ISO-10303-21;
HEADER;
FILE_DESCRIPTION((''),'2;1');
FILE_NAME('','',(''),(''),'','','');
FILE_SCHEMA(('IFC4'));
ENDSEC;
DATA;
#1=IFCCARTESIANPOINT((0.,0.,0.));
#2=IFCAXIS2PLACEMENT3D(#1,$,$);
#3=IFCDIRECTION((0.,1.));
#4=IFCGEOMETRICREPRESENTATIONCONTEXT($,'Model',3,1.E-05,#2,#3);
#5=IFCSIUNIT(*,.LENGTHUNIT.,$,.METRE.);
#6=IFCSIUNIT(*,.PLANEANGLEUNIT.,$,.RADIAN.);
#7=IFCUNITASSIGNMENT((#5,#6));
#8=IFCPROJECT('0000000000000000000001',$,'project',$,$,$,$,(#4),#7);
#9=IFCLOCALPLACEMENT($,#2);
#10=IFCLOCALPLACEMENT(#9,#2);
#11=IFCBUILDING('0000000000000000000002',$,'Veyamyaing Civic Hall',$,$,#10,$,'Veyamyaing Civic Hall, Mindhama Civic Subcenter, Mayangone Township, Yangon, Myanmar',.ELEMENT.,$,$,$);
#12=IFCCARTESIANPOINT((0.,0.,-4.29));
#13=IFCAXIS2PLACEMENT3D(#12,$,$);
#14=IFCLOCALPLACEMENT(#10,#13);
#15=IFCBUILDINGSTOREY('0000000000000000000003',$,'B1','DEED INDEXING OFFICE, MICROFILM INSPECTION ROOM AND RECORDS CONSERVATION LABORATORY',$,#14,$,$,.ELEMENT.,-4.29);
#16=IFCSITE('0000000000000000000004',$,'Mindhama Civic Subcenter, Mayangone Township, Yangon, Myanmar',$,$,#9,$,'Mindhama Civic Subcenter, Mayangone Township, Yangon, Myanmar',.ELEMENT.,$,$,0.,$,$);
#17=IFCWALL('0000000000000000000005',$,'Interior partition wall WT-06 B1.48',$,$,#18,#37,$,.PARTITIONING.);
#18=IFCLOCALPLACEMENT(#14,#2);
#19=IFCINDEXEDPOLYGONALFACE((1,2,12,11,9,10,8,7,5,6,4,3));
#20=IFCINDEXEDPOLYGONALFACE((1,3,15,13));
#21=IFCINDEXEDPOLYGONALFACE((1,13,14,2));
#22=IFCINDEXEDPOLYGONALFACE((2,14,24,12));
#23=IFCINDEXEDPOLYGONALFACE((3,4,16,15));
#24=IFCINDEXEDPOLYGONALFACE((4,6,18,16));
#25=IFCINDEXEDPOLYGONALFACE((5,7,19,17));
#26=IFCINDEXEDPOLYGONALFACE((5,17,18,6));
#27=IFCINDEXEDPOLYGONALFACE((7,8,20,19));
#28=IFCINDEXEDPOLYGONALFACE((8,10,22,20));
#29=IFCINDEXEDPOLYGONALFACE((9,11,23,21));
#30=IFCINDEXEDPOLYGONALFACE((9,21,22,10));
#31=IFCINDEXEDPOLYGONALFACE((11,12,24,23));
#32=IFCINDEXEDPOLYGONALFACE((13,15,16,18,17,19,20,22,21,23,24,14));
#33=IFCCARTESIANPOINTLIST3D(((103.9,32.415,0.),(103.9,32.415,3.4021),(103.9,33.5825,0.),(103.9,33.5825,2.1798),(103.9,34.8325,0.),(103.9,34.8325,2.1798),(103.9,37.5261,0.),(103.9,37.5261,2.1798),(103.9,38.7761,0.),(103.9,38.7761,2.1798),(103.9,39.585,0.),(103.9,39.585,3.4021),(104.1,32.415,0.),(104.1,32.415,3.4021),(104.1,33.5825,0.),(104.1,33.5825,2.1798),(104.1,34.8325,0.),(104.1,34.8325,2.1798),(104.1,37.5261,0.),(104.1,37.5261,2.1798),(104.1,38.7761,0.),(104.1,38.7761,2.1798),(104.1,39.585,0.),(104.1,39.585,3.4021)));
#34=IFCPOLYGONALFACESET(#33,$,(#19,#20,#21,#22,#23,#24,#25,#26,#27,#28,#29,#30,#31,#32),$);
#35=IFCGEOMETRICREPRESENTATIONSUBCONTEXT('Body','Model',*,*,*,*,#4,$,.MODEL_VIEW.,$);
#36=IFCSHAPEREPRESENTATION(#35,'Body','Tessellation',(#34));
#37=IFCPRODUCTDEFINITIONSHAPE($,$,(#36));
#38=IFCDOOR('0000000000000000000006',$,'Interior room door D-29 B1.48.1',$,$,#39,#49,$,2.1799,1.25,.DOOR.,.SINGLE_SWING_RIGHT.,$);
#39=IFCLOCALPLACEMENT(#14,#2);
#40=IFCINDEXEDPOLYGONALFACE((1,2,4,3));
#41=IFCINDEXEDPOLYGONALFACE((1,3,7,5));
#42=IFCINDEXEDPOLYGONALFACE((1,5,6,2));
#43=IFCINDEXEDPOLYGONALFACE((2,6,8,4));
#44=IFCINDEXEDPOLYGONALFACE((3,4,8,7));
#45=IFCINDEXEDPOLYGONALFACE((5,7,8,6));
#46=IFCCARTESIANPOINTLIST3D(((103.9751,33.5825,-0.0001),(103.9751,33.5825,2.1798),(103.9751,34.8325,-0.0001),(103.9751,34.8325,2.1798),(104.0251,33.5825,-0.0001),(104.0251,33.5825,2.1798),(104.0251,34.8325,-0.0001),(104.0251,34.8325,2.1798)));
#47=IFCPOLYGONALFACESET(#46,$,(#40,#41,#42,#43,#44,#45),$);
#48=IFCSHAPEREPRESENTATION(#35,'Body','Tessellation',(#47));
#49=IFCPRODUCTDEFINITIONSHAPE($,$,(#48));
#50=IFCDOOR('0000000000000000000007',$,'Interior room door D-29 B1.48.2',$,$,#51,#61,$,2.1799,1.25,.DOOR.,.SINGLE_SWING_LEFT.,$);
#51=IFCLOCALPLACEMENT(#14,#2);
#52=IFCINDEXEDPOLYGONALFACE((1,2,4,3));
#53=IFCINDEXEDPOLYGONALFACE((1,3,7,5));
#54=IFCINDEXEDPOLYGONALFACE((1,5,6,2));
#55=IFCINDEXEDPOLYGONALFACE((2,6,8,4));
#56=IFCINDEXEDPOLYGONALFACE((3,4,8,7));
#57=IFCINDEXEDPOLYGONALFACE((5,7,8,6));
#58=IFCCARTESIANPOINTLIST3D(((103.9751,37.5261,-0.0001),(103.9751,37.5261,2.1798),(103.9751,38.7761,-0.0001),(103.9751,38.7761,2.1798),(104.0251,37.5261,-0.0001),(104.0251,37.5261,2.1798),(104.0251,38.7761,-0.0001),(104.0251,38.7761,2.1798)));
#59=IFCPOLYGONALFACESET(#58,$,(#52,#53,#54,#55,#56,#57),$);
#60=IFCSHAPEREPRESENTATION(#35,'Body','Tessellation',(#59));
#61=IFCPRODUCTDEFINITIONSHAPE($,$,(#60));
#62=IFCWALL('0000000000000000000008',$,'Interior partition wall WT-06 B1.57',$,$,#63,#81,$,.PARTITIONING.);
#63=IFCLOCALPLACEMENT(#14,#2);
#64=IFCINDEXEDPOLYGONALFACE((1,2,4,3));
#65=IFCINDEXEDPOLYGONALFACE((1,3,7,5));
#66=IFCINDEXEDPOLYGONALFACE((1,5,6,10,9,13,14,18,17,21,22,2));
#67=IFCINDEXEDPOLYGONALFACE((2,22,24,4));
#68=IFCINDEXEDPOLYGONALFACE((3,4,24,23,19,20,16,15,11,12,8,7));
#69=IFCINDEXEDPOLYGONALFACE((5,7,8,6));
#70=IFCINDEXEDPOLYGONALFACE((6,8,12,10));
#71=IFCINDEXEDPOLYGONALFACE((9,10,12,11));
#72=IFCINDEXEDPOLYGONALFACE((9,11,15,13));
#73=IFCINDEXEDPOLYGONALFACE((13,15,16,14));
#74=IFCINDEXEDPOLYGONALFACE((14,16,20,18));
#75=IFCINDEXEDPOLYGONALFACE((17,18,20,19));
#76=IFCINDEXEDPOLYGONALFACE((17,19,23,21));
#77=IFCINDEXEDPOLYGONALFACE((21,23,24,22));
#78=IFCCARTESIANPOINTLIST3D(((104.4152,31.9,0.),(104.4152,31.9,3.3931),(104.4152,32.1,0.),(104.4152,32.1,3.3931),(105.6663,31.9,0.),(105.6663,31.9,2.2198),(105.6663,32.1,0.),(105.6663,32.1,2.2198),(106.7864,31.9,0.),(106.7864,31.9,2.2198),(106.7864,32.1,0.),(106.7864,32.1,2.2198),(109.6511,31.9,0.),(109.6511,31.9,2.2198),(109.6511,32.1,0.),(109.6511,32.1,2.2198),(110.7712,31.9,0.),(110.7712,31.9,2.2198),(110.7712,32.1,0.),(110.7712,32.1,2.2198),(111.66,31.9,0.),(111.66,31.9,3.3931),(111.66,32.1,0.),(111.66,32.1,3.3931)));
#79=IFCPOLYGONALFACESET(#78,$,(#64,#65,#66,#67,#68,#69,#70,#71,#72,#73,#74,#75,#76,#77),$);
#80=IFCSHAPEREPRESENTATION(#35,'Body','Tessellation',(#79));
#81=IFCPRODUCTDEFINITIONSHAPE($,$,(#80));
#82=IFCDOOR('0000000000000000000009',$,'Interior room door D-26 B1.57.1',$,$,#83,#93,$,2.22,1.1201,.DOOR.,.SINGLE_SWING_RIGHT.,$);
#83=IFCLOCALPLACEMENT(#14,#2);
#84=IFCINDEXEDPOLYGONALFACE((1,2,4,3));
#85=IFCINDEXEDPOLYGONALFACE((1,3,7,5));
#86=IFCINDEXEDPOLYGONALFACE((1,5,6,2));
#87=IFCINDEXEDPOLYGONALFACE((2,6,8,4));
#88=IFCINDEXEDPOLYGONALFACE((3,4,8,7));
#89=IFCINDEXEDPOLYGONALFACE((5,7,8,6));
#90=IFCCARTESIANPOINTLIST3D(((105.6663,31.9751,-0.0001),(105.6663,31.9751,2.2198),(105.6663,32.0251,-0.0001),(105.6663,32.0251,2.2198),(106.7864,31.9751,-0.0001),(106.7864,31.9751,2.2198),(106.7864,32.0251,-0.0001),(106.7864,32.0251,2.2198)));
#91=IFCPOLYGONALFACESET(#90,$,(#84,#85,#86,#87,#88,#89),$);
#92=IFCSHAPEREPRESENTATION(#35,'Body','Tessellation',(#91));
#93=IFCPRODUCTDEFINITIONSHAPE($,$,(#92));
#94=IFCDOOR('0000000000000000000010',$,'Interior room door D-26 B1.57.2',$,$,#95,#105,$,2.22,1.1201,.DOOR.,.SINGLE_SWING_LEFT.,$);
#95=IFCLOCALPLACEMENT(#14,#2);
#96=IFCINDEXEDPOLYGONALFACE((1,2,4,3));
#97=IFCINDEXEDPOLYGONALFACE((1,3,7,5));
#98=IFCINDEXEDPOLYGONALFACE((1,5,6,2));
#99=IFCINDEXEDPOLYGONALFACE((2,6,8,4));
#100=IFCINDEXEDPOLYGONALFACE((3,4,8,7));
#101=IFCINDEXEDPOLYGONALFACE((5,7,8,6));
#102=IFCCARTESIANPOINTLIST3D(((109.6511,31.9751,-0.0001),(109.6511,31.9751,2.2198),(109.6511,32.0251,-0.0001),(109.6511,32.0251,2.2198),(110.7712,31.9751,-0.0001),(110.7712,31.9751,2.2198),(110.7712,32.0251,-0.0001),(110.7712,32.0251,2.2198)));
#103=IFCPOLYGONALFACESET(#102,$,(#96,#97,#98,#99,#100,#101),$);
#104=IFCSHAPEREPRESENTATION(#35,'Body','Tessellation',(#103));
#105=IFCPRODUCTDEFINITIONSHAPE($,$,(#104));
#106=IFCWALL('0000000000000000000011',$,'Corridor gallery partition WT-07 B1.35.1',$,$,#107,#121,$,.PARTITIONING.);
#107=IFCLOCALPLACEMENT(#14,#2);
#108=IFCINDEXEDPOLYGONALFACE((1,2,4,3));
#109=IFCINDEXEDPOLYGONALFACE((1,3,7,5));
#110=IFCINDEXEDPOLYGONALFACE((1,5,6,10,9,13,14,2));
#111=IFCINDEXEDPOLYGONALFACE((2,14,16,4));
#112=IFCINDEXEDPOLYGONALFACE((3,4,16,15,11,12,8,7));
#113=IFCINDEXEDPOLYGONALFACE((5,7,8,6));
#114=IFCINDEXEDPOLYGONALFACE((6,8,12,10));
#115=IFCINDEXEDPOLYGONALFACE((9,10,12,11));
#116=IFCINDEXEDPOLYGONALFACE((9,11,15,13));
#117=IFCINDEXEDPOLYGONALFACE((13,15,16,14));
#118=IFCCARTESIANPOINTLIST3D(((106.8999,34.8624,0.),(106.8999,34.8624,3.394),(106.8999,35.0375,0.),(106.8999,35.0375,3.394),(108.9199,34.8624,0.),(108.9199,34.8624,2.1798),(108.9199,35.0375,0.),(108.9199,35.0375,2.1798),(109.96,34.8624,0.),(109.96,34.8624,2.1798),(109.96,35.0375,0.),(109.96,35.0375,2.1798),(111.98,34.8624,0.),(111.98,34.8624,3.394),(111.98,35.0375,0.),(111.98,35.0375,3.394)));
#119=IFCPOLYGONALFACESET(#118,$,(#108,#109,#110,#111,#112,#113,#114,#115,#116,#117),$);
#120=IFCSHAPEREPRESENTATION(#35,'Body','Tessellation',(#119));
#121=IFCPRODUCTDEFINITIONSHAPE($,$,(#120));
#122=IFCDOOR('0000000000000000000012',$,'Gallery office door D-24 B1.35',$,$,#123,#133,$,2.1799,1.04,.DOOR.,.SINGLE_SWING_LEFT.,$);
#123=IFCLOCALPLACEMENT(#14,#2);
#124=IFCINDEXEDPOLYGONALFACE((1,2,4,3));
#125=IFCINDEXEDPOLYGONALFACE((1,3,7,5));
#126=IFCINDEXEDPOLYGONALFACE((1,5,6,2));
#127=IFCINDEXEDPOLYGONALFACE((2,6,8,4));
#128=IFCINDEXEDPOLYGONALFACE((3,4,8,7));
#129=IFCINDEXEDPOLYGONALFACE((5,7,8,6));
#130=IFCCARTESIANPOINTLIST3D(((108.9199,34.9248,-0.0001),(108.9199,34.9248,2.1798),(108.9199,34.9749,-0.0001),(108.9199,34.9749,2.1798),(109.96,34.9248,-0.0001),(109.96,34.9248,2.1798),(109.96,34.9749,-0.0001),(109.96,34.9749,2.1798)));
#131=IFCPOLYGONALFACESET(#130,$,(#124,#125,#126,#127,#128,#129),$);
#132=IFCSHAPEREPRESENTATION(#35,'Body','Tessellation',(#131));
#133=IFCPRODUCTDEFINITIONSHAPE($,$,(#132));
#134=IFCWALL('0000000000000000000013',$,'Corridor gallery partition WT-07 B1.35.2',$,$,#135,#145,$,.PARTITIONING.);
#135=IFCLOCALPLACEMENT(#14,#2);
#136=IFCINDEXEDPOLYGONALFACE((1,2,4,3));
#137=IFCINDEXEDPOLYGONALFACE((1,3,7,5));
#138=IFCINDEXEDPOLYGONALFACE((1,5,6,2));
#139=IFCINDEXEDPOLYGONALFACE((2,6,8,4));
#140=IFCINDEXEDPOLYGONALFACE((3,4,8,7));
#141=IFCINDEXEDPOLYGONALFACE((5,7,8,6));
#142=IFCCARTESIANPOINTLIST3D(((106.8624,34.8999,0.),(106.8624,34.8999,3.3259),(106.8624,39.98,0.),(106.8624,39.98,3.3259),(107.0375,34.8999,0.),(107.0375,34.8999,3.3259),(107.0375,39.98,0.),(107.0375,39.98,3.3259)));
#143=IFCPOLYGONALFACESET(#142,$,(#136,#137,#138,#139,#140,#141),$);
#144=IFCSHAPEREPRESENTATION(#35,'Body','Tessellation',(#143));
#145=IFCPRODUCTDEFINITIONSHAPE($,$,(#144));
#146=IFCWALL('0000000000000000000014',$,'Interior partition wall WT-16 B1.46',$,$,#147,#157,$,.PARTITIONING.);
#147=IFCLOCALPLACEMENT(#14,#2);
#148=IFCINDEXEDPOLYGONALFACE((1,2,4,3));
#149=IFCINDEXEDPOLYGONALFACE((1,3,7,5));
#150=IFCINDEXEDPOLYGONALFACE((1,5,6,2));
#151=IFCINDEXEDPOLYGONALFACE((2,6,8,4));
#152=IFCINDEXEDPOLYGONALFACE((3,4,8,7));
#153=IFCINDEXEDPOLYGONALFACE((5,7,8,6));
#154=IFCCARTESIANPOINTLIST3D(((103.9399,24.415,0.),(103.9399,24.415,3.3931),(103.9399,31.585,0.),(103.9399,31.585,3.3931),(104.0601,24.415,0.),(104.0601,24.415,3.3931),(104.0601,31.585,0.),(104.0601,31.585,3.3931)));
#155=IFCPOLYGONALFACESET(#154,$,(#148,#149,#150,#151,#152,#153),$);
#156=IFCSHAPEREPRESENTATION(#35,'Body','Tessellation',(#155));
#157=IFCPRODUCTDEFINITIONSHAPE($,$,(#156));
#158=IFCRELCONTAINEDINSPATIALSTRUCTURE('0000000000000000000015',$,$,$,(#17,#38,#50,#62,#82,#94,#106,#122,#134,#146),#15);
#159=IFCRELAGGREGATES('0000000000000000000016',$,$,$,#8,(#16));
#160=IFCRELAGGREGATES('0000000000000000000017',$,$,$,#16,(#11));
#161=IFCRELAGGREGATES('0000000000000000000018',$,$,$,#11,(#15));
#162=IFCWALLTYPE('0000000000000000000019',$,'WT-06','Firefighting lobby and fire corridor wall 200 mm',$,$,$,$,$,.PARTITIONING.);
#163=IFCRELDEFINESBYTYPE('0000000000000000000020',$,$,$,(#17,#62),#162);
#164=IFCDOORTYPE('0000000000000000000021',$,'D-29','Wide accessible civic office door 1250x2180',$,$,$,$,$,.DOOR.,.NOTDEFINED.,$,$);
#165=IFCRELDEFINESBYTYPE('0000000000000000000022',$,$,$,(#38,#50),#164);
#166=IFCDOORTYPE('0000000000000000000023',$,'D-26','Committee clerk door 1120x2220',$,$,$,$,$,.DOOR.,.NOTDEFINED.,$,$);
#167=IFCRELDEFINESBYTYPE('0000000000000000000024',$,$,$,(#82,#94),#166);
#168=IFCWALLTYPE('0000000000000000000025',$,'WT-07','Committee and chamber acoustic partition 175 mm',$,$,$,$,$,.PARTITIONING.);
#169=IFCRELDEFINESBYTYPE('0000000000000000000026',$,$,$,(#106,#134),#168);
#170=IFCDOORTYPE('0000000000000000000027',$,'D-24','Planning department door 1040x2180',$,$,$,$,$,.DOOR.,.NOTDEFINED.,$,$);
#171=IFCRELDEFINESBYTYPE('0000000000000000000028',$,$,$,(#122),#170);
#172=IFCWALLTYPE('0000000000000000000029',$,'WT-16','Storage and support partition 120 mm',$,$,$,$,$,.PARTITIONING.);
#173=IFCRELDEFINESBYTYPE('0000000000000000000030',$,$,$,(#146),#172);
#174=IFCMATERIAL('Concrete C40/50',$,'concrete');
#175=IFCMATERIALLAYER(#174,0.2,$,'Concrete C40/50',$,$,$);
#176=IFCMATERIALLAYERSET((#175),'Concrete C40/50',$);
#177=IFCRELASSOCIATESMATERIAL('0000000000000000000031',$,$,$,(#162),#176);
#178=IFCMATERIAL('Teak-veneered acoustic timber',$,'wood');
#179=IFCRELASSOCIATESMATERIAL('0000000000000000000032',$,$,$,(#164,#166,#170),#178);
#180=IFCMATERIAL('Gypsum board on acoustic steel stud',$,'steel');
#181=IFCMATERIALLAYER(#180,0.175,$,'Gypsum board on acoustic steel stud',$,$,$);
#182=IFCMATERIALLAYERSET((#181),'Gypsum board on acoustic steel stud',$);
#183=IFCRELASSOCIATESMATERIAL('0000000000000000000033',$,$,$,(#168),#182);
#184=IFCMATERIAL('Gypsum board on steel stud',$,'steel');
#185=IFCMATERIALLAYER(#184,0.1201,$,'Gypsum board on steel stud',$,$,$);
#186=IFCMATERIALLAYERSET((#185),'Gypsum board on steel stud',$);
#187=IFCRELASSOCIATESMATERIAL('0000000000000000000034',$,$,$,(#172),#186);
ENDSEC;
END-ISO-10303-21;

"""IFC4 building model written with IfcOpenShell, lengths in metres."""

from ifc_helpers import new_model, si_unit, direction, frame, frame_2d, origin, place, context, subcontext, project, spatial, rectangle, extrude, material, layer, layer_set, type_object, element, fill, save


model = new_model("IFC4")

# Units and contexts
model_context = context("Model", 3, precision=1e-05, world=origin(), true_north=direction((0.0, 1.0)))
body_context = subcontext(model_context, "Body", "Model", "MODEL_VIEW")
ifc_project = project(units=[si_unit("LENGTHUNIT", "METRE"), si_unit("PLANEANGLEUNIT", "RADIAN")], contexts=[model_context])

# Site, building, storey
site_placement = place(None, origin())
site = spatial("IfcSite", under=ifc_project, at=site_placement, Name="Mindhama Civic Subcenter, Mayangone Township, Yangon, Myanmar", LongName="Mindhama Civic Subcenter, Mayangone Township, Yangon, Myanmar", CompositionType="ELEMENT", RefElevation=0.0)
building_placement = place(site_placement, origin())
building = spatial("IfcBuilding", under=site, at=building_placement, Name="Veyamyaing Civic Hall", LongName="Veyamyaing Civic Hall, Mindhama Civic Subcenter, Mayangone Township, Yangon, Myanmar", CompositionType="ELEMENT")
storey_placement = place(building_placement, frame((0.0, 0.0, -4.29)))
storey = spatial("IfcBuildingStorey", under=building, at=storey_placement, Name="B1", Description="DEED INDEXING OFFICE, MICROFILM INSPECTION ROOM AND RECORDS CONSERVATION LABORATORY", CompositionType="ELEMENT", Elevation=-4.29)

# Shared definitions
ifc_material_1 = material(Name="Concrete C40/50", Category="concrete")

# Walls, openings, doors
ifc_layer_1 = layer(ifc_material_1, 0.2, Name="Concrete C40/50")
ifc_layer_set_1 = layer_set([ifc_layer_1], Name="Concrete C40/50")
wall_type_1 = type_object("IfcWallType", Name="WT-06", Description="Firefighting lobby and fire corridor wall 200 mm", PredefinedType="PARTITIONING", material=ifc_layer_set_1)
wall_1_placement = place(storey_placement, frame((104.0, 32.415, 0.0), z_axis=(0.0, 0.0, 1.0), x_axis=(0.0, 1.0, 0.0)))
wall_1 = element("IfcWall", 1, at=wall_1_placement, inside=storey, type_object=wall_type_1, Name="Interior partition wall WT-06 B1.48", PredefinedType="PARTITIONING", context=body_context, shape_type="SweptSolid", body=[
    extrude(rectangle(XDim=7.1699, YDim=0.2, at=frame_2d((3.585, 0.0))), origin(), (0.0, 0.0, 1.0), 3.4021),
])
opening_1_placement = place(wall_1_placement, frame((1.1675, 0.0, 0.0)))
opening_1 = element("IfcOpeningElement", 2, at=opening_1_placement, cuts=wall_1, PredefinedType="OPENING", context=body_context, shape_type="SweptSolid", body=[
    extrude(rectangle(XDim=1.25, YDim=2.1799, at=frame_2d((0.625, 1.0898))), frame((0.0, 0.1099, 0.0), z_axis=(0.0, -1.0, 0.0), x_axis=(1.0, 0.0, 0.0)), (0.0, 0.0, 1.0), 0.22),
])
opening_2_placement = place(wall_1_placement, frame((5.1111, 0.0, 0.0)))
opening_2 = element("IfcOpeningElement", 3, at=opening_2_placement, cuts=wall_1, PredefinedType="OPENING", context=body_context, shape_type="SweptSolid", body=[
    extrude(rectangle(XDim=1.25, YDim=2.1799, at=frame_2d((0.625, 1.0898))), frame((0.0, 0.1099, 0.0), z_axis=(0.0, -1.0, 0.0), x_axis=(1.0, 0.0, 0.0)), (0.0, 0.0, 1.0), 0.22),
])
ifc_material_2 = material(Name="Teak-veneered acoustic timber", Category="wood")
door_type_1 = type_object("IfcDoorType", Name="D-29", Description="Wide accessible civic office door 1250x2180", OperationType="NOTDEFINED", PredefinedType="DOOR", material=ifc_material_2)
door_1_placement = place(opening_1_placement, origin())
door_1 = element("IfcDoor", 4, at=door_1_placement, inside=storey, type_object=door_type_1, Name="Interior room door D-29 B1.48.1", OperationType="SINGLE_SWING_RIGHT", OverallHeight=2.1799, OverallWidth=1.25, PredefinedType="DOOR", context=body_context, shape_type="SweptSolid", body=[
    extrude(rectangle(XDim=1.25, YDim=2.1799, at=frame_2d((0.625, 1.0898))), frame((0.0, 0.0249, 0.0), z_axis=(0.0, -1.0, 0.0), x_axis=(1.0, 0.0, 0.0)), (0.0, 0.0, 1.0), 0.05),
])
fill(opening_1, door_1)
door_2_placement = place(opening_2_placement, origin())
door_2 = element("IfcDoor", 5, at=door_2_placement, inside=storey, type_object=door_type_1, Name="Interior room door D-29 B1.48.2", OperationType="SINGLE_SWING_LEFT", OverallHeight=2.1799, OverallWidth=1.25, PredefinedType="DOOR", context=body_context, shape_type="SweptSolid", body=[
    extrude(rectangle(XDim=1.25, YDim=2.1799, at=frame_2d((0.625, 1.0898))), frame((0.0, 0.0249, 0.0), z_axis=(0.0, -1.0, 0.0), x_axis=(1.0, 0.0, 0.0)), (0.0, 0.0, 1.0), 0.05),
])
fill(opening_2, door_2)
wall_2_placement = place(storey_placement, frame((104.415, 32.0, 0.0), z_axis=(0.0, 0.0, 1.0), x_axis=(1.0, 0.0, 0.0)))
wall_2 = element("IfcWall", 6, at=wall_2_placement, inside=storey, type_object=wall_type_1, Name="Interior partition wall WT-06 B1.57", PredefinedType="PARTITIONING", context=body_context, shape_type="SweptSolid", body=[
    extrude(rectangle(XDim=7.2449, YDim=0.2, at=frame_2d((3.6226, 0.0))), origin(), (0.0, 0.0, 1.0), 3.3931),
])
opening_3_placement = place(wall_2_placement, frame((1.2512, 0.0, 0.0)))
opening_3 = element("IfcOpeningElement", 7, at=opening_3_placement, cuts=wall_2, PredefinedType="OPENING", context=body_context, shape_type="SweptSolid", body=[
    extrude(rectangle(XDim=1.1201, YDim=2.22, at=frame_2d((0.5601, 1.1099))), frame((0.0, 0.1099, 0.0), z_axis=(0.0, -1.0, 0.0), x_axis=(1.0, 0.0, 0.0)), (0.0, 0.0, 1.0), 0.22),
])
opening_4_placement = place(wall_2_placement, frame((5.2361, 0.0, 0.0)))
opening_4 = element("IfcOpeningElement", 8, at=opening_4_placement, cuts=wall_2, PredefinedType="OPENING", context=body_context, shape_type="SweptSolid", body=[
    extrude(rectangle(XDim=1.1201, YDim=2.22, at=frame_2d((0.5601, 1.1099))), frame((0.0, 0.1099, 0.0), z_axis=(0.0, -1.0, 0.0), x_axis=(1.0, 0.0, 0.0)), (0.0, 0.0, 1.0), 0.22),
])
door_type_2 = type_object("IfcDoorType", Name="D-26", Description="Committee clerk door 1120x2220", OperationType="NOTDEFINED", PredefinedType="DOOR", material=ifc_material_2)
door_3_placement = place(opening_3_placement, frame((1.1201, 0.0, 0.0), z_axis=(0.0, 0.0, 1.0), x_axis=(-1.0, 0.0, 0.0)))
door_3 = element("IfcDoor", 9, at=door_3_placement, inside=storey, type_object=door_type_2, Name="Interior room door D-26 B1.57.1", OperationType="SINGLE_SWING_RIGHT", OverallHeight=2.22, OverallWidth=1.1201, PredefinedType="DOOR", context=body_context, shape_type="SweptSolid", body=[
    extrude(rectangle(XDim=1.1201, YDim=2.22, at=frame_2d((0.5601, 1.1099))), frame((0.0, 0.0249, 0.0), z_axis=(0.0, -1.0, 0.0), x_axis=(1.0, 0.0, 0.0)), (0.0, 0.0, 1.0), 0.05),
])
fill(opening_3, door_3)
door_4_placement = place(opening_4_placement, frame((1.1201, 0.0, 0.0), z_axis=(0.0, 0.0, 1.0), x_axis=(-1.0, 0.0, 0.0)))
door_4 = element("IfcDoor", 10, at=door_4_placement, inside=storey, type_object=door_type_2, Name="Interior room door D-26 B1.57.2", OperationType="SINGLE_SWING_LEFT", OverallHeight=2.22, OverallWidth=1.1201, PredefinedType="DOOR", context=body_context, shape_type="SweptSolid", body=[
    extrude(rectangle(XDim=1.1201, YDim=2.22, at=frame_2d((0.5601, 1.1099))), frame((0.0, 0.0249, 0.0), z_axis=(0.0, -1.0, 0.0), x_axis=(1.0, 0.0, 0.0)), (0.0, 0.0, 1.0), 0.05),
])
fill(opening_4, door_4)

# Wall, opening, door
ifc_material_3 = material(Name="Gypsum board on acoustic steel stud", Category="steel")
ifc_layer_2 = layer(ifc_material_3, 0.175, Name="Gypsum board on acoustic steel stud")
ifc_layer_set_2 = layer_set([ifc_layer_2], Name="Gypsum board on acoustic steel stud")
wall_type_2 = type_object("IfcWallType", Name="WT-07", Description="Committee and chamber acoustic partition 175 mm", PredefinedType="PARTITIONING", material=ifc_layer_set_2)
wall_3_placement = place(storey_placement, frame((106.8999, 34.95, 0.0), z_axis=(0.0, 0.0, 1.0), x_axis=(1.0, 0.0, 0.0)))
wall_3 = element("IfcWall", 11, at=wall_3_placement, inside=storey, type_object=wall_type_2, Name="Corridor gallery partition WT-07 B1.35.1", PredefinedType="PARTITIONING", context=body_context, shape_type="SweptSolid", body=[
    extrude(rectangle(XDim=5.0801, YDim=0.175, at=frame_2d((2.54, 0.0))), origin(), (0.0, 0.0, 1.0), 3.394),
])
opening_5_placement = place(wall_3_placement, frame((2.02, 0.0, 0.0)))
opening_5 = element("IfcOpeningElement", 12, at=opening_5_placement, cuts=wall_3, PredefinedType="OPENING", context=body_context, shape_type="SweptSolid", body=[
    extrude(rectangle(XDim=1.04, YDim=2.1799, at=frame_2d((0.52, 1.0898))), frame((0.0, 0.0974, 0.0), z_axis=(0.0, -1.0, 0.0), x_axis=(1.0, 0.0, 0.0)), (0.0, 0.0, 1.0), 0.1951),
])
door_type_3 = type_object("IfcDoorType", Name="D-24", Description="Planning department door 1040x2180", OperationType="NOTDEFINED", PredefinedType="DOOR", material=ifc_material_2)
door_5_placement = place(opening_5_placement, origin())
door_5 = element("IfcDoor", 13, at=door_5_placement, inside=storey, type_object=door_type_3, Name="Gallery office door D-24 B1.35", OperationType="SINGLE_SWING_LEFT", OverallHeight=2.1799, OverallWidth=1.04, PredefinedType="DOOR", context=body_context, shape_type="SweptSolid", body=[
    extrude(rectangle(XDim=1.04, YDim=2.1799, at=frame_2d((0.52, 1.0898))), frame((0.0, 0.0249, 0.0), z_axis=(0.0, -1.0, 0.0), x_axis=(1.0, 0.0, 0.0)), (0.0, 0.0, 1.0), 0.05),
])
fill(opening_5, door_5)

# Walls
wall_4_placement = place(storey_placement, frame((106.95, 34.8999, 0.0), z_axis=(0.0, 0.0, 1.0), x_axis=(0.0, 1.0, 0.0)))
element("IfcWall", 14, at=wall_4_placement, inside=storey, type_object=wall_type_2, Name="Corridor gallery partition WT-07 B1.35.2", PredefinedType="PARTITIONING", context=body_context, shape_type="SweptSolid", body=[
    extrude(rectangle(XDim=5.0801, YDim=0.175, at=frame_2d((2.54, 0.0))), origin(), (0.0, 0.0, 1.0), 3.3259),
])
ifc_material_4 = material(Name="Gypsum board on steel stud", Category="steel")
ifc_layer_3 = layer(ifc_material_4, 0.1201, Name="Gypsum board on steel stud")
ifc_layer_set_3 = layer_set([ifc_layer_3], Name="Gypsum board on steel stud")
wall_type_3 = type_object("IfcWallType", Name="WT-16", Description="Storage and support partition 120 mm", PredefinedType="PARTITIONING", material=ifc_layer_set_3)
wall_5_placement = place(storey_placement, frame((104.0, 24.415, 0.0), z_axis=(0.0, 0.0, 1.0), x_axis=(0.0, 1.0, 0.0)))
element("IfcWall", 15, at=wall_5_placement, inside=storey, type_object=wall_type_3, Name="Interior partition wall WT-16 B1.46", PredefinedType="PARTITIONING", context=body_context, shape_type="SweptSolid", body=[
    extrude(rectangle(XDim=7.1699, YDim=0.1201, at=frame_2d((3.585, 0.0))), origin(), (0.0, 0.0, 1.0), 3.3931),
])

save(model, "model.ifc")
